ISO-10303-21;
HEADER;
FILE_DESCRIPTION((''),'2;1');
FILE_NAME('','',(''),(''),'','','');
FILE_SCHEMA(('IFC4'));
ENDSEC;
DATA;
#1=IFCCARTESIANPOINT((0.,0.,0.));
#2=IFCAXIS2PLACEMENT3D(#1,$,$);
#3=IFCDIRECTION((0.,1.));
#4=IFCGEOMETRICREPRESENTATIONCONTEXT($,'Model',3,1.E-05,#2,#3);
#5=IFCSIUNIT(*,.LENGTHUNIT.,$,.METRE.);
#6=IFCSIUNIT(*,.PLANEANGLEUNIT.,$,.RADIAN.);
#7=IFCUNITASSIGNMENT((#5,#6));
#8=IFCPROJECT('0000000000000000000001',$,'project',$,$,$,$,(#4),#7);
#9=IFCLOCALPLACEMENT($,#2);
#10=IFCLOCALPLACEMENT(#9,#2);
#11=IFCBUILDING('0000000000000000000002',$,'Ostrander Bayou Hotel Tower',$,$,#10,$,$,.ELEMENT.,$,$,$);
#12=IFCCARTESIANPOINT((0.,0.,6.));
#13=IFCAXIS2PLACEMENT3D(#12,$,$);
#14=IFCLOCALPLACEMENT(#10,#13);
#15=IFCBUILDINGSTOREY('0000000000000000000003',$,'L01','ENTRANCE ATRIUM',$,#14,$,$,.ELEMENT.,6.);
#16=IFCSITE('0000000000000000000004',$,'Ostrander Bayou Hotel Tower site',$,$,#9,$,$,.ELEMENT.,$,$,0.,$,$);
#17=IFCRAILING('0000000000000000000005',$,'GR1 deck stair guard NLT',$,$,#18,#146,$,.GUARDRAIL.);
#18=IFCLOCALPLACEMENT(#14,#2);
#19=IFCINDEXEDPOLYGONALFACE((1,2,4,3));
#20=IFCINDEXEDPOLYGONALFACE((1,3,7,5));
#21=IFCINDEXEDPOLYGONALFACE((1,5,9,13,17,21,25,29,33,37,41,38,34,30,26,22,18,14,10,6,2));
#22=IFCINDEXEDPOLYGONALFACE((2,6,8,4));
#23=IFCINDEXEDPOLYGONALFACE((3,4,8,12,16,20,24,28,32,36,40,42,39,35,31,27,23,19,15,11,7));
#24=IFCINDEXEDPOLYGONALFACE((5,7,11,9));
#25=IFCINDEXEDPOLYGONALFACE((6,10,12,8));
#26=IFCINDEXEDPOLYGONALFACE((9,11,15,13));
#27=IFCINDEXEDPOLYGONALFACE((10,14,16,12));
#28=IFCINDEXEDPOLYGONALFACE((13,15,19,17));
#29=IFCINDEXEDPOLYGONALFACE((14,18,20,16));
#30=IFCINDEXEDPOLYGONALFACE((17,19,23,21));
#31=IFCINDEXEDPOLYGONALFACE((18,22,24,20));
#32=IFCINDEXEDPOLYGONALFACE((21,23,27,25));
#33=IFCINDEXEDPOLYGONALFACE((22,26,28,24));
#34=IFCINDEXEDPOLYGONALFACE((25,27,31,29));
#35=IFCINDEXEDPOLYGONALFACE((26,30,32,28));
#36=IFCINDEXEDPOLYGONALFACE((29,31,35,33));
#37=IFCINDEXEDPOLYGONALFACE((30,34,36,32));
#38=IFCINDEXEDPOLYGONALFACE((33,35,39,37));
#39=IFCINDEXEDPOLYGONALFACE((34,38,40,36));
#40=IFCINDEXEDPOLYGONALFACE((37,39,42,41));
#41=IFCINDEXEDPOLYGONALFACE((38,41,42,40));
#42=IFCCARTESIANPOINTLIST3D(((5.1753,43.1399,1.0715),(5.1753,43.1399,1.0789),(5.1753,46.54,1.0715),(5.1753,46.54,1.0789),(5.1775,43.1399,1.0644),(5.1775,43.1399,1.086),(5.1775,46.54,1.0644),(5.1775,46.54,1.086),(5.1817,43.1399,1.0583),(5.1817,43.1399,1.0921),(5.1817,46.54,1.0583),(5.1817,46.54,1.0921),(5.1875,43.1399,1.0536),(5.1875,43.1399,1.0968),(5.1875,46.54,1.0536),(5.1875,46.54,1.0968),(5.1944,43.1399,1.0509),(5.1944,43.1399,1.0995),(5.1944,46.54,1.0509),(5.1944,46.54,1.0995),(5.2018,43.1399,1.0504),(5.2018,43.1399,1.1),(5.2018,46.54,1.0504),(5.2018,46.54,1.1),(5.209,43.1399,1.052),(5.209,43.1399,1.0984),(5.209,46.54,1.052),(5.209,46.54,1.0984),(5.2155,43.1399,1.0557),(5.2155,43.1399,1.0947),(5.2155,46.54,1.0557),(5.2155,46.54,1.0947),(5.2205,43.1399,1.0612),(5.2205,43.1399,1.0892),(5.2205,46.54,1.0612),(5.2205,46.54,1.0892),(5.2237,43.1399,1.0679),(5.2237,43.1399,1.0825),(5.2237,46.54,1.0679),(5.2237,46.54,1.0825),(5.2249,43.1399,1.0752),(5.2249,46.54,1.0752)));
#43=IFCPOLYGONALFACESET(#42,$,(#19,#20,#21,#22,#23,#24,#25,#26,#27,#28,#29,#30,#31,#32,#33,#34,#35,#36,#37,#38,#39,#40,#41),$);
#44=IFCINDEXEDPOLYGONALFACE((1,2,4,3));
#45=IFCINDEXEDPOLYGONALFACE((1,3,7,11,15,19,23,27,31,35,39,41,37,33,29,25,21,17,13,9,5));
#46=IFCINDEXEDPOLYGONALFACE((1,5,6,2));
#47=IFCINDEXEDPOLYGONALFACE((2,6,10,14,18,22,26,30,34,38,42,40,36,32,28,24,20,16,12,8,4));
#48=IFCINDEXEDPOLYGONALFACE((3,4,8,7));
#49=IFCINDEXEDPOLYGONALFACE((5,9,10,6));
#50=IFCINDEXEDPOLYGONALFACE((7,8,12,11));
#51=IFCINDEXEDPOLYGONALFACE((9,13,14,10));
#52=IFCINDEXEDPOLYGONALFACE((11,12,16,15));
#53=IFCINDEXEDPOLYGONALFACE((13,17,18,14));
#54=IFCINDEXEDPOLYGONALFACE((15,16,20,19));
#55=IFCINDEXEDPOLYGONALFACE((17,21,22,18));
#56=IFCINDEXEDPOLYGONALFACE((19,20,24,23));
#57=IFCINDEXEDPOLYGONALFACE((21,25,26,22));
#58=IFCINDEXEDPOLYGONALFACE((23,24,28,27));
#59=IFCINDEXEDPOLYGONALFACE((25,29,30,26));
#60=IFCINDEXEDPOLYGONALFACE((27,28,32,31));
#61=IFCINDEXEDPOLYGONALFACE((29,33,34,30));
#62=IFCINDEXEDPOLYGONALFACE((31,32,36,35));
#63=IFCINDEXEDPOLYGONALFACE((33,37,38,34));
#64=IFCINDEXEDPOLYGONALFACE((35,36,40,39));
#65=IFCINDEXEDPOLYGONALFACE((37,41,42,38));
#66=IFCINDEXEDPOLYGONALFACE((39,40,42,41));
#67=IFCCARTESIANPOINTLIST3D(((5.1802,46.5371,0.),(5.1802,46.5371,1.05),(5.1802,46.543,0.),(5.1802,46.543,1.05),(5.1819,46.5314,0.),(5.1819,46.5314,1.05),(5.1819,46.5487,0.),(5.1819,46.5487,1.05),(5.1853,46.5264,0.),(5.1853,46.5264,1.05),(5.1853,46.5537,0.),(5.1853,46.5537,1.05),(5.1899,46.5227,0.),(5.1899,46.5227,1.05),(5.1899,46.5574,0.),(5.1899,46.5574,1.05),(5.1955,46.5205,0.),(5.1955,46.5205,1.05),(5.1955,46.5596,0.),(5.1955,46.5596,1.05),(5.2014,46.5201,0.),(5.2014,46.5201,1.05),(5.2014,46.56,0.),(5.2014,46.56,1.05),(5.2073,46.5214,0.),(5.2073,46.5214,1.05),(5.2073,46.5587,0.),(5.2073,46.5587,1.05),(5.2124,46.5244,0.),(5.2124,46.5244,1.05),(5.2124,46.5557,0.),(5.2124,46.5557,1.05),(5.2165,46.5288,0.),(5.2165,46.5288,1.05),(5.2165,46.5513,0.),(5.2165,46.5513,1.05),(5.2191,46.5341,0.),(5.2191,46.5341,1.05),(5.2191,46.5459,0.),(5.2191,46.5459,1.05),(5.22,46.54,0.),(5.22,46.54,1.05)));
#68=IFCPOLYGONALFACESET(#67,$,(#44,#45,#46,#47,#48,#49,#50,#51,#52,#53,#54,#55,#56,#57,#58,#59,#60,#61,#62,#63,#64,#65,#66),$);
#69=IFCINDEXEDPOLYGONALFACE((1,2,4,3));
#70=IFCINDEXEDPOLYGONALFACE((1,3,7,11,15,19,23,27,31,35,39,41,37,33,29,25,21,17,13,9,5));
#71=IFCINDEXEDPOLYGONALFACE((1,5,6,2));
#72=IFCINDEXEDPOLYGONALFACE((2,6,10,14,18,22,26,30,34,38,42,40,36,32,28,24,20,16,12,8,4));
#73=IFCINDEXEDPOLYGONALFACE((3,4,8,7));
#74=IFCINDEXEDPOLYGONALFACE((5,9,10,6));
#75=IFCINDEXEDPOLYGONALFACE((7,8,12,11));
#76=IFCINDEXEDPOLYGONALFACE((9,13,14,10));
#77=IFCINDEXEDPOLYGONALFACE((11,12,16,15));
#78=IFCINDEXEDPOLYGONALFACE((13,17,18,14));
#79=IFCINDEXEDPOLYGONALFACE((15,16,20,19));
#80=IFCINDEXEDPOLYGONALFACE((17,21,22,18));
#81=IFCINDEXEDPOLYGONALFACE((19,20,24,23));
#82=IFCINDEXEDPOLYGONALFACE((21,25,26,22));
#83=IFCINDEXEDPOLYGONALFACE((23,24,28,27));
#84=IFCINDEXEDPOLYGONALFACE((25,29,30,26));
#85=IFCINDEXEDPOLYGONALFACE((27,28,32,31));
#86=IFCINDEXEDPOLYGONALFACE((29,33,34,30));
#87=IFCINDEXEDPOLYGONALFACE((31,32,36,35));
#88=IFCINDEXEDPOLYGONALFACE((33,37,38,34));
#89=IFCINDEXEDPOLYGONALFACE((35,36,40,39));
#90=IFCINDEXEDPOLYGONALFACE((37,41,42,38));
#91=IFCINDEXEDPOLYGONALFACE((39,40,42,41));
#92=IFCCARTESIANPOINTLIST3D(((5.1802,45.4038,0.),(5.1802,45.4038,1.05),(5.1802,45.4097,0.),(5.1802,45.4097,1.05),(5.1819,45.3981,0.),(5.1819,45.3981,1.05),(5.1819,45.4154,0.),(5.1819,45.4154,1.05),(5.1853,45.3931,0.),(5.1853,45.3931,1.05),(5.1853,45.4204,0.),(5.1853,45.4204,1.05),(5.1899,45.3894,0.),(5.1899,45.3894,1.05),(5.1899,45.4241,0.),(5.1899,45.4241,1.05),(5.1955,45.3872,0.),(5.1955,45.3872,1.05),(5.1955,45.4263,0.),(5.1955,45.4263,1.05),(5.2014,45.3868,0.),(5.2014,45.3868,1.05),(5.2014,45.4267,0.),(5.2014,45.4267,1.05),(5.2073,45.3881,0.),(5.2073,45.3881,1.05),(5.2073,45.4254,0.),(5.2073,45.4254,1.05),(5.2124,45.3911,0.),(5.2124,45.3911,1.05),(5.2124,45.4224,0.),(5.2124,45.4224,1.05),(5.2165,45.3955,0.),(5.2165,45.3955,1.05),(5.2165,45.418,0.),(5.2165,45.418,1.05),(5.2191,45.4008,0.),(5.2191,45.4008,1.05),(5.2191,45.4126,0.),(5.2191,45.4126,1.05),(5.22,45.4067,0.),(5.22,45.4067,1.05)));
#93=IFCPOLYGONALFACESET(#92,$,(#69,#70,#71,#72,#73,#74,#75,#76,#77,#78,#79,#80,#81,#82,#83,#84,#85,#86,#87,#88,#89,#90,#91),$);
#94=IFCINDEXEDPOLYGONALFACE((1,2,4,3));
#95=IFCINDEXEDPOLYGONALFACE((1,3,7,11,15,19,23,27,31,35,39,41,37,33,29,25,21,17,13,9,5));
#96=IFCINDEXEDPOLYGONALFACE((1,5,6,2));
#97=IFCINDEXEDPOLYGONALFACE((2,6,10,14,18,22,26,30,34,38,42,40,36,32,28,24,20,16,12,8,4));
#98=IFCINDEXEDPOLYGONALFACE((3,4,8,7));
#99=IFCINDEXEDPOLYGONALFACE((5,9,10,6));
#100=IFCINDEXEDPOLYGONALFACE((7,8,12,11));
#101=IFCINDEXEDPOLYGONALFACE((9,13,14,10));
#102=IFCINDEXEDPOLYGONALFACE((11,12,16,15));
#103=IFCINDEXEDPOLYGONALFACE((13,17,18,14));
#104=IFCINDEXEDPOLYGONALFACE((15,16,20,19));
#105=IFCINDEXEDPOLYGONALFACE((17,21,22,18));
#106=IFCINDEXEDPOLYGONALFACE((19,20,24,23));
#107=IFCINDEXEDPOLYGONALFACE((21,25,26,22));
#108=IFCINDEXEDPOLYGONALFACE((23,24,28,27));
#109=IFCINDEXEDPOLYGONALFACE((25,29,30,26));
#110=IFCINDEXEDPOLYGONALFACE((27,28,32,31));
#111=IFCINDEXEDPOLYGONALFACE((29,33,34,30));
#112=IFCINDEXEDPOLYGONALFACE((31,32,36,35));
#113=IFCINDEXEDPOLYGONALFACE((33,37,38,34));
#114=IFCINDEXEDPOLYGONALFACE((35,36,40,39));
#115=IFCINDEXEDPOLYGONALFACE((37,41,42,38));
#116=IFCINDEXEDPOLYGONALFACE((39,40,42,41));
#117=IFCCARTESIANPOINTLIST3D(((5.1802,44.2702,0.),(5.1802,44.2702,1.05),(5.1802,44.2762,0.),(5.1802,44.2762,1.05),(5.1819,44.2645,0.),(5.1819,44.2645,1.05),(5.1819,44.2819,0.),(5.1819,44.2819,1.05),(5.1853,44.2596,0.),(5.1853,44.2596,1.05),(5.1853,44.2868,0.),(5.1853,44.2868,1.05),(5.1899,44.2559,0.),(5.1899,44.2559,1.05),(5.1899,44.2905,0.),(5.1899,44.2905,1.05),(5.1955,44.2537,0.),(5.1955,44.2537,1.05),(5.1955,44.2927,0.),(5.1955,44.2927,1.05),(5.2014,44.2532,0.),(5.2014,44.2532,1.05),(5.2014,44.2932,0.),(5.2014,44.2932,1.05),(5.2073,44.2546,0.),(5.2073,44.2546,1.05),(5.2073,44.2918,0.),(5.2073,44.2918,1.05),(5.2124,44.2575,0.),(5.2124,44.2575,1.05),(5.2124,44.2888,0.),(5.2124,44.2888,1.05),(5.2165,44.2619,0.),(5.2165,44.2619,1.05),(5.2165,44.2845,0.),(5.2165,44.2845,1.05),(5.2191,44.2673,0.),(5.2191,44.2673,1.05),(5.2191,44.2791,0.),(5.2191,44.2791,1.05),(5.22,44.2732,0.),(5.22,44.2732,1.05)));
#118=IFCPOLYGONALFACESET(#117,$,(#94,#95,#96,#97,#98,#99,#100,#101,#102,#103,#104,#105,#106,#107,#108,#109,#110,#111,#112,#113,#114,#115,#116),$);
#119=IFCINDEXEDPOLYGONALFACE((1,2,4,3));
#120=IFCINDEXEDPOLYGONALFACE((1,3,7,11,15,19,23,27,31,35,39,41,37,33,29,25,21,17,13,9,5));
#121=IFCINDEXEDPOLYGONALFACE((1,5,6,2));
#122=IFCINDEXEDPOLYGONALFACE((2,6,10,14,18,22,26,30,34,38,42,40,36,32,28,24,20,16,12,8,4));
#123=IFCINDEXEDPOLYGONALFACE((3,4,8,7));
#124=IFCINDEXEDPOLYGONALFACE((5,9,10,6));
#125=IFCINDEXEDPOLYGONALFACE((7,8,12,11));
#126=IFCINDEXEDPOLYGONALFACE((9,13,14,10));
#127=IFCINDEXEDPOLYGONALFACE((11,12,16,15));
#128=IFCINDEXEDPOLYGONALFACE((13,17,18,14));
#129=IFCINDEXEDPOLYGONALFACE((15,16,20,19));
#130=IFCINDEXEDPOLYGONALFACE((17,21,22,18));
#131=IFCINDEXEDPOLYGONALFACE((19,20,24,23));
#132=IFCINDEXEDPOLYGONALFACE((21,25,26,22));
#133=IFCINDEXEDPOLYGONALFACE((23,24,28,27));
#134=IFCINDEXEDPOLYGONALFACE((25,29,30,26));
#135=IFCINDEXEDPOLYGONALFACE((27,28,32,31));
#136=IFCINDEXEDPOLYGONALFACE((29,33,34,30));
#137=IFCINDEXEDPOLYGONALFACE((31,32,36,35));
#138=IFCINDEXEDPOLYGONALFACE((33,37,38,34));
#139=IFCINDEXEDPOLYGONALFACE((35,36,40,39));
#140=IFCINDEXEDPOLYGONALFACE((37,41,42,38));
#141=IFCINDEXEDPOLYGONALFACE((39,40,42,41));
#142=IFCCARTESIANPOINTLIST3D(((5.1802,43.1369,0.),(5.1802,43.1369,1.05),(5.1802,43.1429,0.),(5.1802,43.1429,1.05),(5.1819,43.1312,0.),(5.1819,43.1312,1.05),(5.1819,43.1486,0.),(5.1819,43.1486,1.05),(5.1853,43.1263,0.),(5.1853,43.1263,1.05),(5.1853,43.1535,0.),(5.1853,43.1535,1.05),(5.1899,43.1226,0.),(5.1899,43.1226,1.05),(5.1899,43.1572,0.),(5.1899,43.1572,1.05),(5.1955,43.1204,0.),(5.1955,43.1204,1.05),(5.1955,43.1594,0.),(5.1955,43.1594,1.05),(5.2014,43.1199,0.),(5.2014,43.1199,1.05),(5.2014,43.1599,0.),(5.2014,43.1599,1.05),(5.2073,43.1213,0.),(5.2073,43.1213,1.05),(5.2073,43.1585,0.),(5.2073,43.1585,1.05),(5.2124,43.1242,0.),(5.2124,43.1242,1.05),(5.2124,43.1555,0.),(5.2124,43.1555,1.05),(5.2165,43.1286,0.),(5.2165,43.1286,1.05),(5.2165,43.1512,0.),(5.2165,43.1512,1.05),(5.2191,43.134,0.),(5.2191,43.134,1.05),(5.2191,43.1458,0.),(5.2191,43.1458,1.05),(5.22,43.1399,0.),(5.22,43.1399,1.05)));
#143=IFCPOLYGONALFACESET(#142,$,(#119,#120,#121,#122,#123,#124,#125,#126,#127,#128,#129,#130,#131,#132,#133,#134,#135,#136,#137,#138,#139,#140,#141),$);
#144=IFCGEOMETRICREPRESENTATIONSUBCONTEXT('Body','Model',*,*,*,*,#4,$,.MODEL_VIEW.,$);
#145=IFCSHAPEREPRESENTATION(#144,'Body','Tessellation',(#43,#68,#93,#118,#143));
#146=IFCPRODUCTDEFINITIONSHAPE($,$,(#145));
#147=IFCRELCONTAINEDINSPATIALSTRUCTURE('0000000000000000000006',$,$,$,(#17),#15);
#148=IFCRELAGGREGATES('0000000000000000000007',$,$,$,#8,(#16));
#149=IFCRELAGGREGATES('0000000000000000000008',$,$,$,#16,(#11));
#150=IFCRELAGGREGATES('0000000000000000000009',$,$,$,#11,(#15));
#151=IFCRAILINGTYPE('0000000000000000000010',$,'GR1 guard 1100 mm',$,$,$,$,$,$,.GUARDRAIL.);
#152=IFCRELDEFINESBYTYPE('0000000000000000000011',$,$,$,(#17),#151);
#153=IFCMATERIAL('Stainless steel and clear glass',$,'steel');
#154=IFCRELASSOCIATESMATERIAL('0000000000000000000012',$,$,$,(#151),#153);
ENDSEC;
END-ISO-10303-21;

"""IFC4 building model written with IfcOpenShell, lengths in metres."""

from ifc_helpers import new_model, si_unit, direction, frame, origin, origin_2d, place, context, subcontext, project, spatial, circle, extrude, material, type_object, element, save


model = new_model("IFC4")

# Units and contexts
model_context = context("Model", 3, precision=1e-05, world=origin(), true_north=direction((0.0, 1.0)))
body_context = subcontext(model_context, "Body", "Model", "MODEL_VIEW")
ifc_project = project(units=[si_unit("LENGTHUNIT", "METRE"), si_unit("PLANEANGLEUNIT", "RADIAN")], contexts=[model_context])

# Site, building, storey
site_placement = place(None, origin())
site = spatial("IfcSite", under=ifc_project, at=site_placement, Name="Ostrander Bayou Hotel Tower site", CompositionType="ELEMENT", RefElevation=0.0)
building_placement = place(site_placement, origin())
building = spatial("IfcBuilding", under=site, at=building_placement, Name="Ostrander Bayou Hotel Tower", CompositionType="ELEMENT")
storey_placement = place(building_placement, frame((0.0, 0.0, 6.0)))
storey = spatial("IfcBuildingStorey", under=building, at=storey_placement, Name="L01", Description="ENTRANCE ATRIUM", CompositionType="ELEMENT", Elevation=6.0)

# Railing
ifc_material_1 = material(Name="Stainless steel and clear glass", Category="steel")
railing_type_1 = type_object("IfcRailingType", Name="GR1 guard 1100 mm", PredefinedType="GUARDRAIL", material=ifc_material_1)
railing_1_placement = place(storey_placement, frame((5.2, 46.54, 0.0)))
element("IfcRailing", 1, at=railing_1_placement, inside=storey, type_object=railing_type_1, Name="GR1 deck stair guard NLT", PredefinedType="GUARDRAIL", context=body_context, shape_type="SweptSolid", body=[
    extrude(circle(Radius=0.0249, at=origin_2d()), frame((0.0, 0.0, 1.0752), z_axis=(0.0, -1.0, 0.0), x_axis=(1.0, 0.0, 0.0)), (0.0, 0.0, 1.0), 3.4001),
    extrude(circle(Radius=0.02, at=origin_2d()), origin(), (0.0, 0.0, 1.0), 1.05),
    extrude(circle(Radius=0.02, at=origin_2d()), frame((0.0, -1.1333, 0.0)), (0.0, 0.0, 1.0), 1.05),
    extrude(circle(Radius=0.02, at=origin_2d()), frame((0.0, -2.2668, 0.0)), (0.0, 0.0, 1.0), 1.05),
    extrude(circle(Radius=0.02, at=origin_2d()), frame((0.0, -3.4001, 0.0)), (0.0, 0.0, 1.0), 1.05),
])

save(model, "model.ifc")
